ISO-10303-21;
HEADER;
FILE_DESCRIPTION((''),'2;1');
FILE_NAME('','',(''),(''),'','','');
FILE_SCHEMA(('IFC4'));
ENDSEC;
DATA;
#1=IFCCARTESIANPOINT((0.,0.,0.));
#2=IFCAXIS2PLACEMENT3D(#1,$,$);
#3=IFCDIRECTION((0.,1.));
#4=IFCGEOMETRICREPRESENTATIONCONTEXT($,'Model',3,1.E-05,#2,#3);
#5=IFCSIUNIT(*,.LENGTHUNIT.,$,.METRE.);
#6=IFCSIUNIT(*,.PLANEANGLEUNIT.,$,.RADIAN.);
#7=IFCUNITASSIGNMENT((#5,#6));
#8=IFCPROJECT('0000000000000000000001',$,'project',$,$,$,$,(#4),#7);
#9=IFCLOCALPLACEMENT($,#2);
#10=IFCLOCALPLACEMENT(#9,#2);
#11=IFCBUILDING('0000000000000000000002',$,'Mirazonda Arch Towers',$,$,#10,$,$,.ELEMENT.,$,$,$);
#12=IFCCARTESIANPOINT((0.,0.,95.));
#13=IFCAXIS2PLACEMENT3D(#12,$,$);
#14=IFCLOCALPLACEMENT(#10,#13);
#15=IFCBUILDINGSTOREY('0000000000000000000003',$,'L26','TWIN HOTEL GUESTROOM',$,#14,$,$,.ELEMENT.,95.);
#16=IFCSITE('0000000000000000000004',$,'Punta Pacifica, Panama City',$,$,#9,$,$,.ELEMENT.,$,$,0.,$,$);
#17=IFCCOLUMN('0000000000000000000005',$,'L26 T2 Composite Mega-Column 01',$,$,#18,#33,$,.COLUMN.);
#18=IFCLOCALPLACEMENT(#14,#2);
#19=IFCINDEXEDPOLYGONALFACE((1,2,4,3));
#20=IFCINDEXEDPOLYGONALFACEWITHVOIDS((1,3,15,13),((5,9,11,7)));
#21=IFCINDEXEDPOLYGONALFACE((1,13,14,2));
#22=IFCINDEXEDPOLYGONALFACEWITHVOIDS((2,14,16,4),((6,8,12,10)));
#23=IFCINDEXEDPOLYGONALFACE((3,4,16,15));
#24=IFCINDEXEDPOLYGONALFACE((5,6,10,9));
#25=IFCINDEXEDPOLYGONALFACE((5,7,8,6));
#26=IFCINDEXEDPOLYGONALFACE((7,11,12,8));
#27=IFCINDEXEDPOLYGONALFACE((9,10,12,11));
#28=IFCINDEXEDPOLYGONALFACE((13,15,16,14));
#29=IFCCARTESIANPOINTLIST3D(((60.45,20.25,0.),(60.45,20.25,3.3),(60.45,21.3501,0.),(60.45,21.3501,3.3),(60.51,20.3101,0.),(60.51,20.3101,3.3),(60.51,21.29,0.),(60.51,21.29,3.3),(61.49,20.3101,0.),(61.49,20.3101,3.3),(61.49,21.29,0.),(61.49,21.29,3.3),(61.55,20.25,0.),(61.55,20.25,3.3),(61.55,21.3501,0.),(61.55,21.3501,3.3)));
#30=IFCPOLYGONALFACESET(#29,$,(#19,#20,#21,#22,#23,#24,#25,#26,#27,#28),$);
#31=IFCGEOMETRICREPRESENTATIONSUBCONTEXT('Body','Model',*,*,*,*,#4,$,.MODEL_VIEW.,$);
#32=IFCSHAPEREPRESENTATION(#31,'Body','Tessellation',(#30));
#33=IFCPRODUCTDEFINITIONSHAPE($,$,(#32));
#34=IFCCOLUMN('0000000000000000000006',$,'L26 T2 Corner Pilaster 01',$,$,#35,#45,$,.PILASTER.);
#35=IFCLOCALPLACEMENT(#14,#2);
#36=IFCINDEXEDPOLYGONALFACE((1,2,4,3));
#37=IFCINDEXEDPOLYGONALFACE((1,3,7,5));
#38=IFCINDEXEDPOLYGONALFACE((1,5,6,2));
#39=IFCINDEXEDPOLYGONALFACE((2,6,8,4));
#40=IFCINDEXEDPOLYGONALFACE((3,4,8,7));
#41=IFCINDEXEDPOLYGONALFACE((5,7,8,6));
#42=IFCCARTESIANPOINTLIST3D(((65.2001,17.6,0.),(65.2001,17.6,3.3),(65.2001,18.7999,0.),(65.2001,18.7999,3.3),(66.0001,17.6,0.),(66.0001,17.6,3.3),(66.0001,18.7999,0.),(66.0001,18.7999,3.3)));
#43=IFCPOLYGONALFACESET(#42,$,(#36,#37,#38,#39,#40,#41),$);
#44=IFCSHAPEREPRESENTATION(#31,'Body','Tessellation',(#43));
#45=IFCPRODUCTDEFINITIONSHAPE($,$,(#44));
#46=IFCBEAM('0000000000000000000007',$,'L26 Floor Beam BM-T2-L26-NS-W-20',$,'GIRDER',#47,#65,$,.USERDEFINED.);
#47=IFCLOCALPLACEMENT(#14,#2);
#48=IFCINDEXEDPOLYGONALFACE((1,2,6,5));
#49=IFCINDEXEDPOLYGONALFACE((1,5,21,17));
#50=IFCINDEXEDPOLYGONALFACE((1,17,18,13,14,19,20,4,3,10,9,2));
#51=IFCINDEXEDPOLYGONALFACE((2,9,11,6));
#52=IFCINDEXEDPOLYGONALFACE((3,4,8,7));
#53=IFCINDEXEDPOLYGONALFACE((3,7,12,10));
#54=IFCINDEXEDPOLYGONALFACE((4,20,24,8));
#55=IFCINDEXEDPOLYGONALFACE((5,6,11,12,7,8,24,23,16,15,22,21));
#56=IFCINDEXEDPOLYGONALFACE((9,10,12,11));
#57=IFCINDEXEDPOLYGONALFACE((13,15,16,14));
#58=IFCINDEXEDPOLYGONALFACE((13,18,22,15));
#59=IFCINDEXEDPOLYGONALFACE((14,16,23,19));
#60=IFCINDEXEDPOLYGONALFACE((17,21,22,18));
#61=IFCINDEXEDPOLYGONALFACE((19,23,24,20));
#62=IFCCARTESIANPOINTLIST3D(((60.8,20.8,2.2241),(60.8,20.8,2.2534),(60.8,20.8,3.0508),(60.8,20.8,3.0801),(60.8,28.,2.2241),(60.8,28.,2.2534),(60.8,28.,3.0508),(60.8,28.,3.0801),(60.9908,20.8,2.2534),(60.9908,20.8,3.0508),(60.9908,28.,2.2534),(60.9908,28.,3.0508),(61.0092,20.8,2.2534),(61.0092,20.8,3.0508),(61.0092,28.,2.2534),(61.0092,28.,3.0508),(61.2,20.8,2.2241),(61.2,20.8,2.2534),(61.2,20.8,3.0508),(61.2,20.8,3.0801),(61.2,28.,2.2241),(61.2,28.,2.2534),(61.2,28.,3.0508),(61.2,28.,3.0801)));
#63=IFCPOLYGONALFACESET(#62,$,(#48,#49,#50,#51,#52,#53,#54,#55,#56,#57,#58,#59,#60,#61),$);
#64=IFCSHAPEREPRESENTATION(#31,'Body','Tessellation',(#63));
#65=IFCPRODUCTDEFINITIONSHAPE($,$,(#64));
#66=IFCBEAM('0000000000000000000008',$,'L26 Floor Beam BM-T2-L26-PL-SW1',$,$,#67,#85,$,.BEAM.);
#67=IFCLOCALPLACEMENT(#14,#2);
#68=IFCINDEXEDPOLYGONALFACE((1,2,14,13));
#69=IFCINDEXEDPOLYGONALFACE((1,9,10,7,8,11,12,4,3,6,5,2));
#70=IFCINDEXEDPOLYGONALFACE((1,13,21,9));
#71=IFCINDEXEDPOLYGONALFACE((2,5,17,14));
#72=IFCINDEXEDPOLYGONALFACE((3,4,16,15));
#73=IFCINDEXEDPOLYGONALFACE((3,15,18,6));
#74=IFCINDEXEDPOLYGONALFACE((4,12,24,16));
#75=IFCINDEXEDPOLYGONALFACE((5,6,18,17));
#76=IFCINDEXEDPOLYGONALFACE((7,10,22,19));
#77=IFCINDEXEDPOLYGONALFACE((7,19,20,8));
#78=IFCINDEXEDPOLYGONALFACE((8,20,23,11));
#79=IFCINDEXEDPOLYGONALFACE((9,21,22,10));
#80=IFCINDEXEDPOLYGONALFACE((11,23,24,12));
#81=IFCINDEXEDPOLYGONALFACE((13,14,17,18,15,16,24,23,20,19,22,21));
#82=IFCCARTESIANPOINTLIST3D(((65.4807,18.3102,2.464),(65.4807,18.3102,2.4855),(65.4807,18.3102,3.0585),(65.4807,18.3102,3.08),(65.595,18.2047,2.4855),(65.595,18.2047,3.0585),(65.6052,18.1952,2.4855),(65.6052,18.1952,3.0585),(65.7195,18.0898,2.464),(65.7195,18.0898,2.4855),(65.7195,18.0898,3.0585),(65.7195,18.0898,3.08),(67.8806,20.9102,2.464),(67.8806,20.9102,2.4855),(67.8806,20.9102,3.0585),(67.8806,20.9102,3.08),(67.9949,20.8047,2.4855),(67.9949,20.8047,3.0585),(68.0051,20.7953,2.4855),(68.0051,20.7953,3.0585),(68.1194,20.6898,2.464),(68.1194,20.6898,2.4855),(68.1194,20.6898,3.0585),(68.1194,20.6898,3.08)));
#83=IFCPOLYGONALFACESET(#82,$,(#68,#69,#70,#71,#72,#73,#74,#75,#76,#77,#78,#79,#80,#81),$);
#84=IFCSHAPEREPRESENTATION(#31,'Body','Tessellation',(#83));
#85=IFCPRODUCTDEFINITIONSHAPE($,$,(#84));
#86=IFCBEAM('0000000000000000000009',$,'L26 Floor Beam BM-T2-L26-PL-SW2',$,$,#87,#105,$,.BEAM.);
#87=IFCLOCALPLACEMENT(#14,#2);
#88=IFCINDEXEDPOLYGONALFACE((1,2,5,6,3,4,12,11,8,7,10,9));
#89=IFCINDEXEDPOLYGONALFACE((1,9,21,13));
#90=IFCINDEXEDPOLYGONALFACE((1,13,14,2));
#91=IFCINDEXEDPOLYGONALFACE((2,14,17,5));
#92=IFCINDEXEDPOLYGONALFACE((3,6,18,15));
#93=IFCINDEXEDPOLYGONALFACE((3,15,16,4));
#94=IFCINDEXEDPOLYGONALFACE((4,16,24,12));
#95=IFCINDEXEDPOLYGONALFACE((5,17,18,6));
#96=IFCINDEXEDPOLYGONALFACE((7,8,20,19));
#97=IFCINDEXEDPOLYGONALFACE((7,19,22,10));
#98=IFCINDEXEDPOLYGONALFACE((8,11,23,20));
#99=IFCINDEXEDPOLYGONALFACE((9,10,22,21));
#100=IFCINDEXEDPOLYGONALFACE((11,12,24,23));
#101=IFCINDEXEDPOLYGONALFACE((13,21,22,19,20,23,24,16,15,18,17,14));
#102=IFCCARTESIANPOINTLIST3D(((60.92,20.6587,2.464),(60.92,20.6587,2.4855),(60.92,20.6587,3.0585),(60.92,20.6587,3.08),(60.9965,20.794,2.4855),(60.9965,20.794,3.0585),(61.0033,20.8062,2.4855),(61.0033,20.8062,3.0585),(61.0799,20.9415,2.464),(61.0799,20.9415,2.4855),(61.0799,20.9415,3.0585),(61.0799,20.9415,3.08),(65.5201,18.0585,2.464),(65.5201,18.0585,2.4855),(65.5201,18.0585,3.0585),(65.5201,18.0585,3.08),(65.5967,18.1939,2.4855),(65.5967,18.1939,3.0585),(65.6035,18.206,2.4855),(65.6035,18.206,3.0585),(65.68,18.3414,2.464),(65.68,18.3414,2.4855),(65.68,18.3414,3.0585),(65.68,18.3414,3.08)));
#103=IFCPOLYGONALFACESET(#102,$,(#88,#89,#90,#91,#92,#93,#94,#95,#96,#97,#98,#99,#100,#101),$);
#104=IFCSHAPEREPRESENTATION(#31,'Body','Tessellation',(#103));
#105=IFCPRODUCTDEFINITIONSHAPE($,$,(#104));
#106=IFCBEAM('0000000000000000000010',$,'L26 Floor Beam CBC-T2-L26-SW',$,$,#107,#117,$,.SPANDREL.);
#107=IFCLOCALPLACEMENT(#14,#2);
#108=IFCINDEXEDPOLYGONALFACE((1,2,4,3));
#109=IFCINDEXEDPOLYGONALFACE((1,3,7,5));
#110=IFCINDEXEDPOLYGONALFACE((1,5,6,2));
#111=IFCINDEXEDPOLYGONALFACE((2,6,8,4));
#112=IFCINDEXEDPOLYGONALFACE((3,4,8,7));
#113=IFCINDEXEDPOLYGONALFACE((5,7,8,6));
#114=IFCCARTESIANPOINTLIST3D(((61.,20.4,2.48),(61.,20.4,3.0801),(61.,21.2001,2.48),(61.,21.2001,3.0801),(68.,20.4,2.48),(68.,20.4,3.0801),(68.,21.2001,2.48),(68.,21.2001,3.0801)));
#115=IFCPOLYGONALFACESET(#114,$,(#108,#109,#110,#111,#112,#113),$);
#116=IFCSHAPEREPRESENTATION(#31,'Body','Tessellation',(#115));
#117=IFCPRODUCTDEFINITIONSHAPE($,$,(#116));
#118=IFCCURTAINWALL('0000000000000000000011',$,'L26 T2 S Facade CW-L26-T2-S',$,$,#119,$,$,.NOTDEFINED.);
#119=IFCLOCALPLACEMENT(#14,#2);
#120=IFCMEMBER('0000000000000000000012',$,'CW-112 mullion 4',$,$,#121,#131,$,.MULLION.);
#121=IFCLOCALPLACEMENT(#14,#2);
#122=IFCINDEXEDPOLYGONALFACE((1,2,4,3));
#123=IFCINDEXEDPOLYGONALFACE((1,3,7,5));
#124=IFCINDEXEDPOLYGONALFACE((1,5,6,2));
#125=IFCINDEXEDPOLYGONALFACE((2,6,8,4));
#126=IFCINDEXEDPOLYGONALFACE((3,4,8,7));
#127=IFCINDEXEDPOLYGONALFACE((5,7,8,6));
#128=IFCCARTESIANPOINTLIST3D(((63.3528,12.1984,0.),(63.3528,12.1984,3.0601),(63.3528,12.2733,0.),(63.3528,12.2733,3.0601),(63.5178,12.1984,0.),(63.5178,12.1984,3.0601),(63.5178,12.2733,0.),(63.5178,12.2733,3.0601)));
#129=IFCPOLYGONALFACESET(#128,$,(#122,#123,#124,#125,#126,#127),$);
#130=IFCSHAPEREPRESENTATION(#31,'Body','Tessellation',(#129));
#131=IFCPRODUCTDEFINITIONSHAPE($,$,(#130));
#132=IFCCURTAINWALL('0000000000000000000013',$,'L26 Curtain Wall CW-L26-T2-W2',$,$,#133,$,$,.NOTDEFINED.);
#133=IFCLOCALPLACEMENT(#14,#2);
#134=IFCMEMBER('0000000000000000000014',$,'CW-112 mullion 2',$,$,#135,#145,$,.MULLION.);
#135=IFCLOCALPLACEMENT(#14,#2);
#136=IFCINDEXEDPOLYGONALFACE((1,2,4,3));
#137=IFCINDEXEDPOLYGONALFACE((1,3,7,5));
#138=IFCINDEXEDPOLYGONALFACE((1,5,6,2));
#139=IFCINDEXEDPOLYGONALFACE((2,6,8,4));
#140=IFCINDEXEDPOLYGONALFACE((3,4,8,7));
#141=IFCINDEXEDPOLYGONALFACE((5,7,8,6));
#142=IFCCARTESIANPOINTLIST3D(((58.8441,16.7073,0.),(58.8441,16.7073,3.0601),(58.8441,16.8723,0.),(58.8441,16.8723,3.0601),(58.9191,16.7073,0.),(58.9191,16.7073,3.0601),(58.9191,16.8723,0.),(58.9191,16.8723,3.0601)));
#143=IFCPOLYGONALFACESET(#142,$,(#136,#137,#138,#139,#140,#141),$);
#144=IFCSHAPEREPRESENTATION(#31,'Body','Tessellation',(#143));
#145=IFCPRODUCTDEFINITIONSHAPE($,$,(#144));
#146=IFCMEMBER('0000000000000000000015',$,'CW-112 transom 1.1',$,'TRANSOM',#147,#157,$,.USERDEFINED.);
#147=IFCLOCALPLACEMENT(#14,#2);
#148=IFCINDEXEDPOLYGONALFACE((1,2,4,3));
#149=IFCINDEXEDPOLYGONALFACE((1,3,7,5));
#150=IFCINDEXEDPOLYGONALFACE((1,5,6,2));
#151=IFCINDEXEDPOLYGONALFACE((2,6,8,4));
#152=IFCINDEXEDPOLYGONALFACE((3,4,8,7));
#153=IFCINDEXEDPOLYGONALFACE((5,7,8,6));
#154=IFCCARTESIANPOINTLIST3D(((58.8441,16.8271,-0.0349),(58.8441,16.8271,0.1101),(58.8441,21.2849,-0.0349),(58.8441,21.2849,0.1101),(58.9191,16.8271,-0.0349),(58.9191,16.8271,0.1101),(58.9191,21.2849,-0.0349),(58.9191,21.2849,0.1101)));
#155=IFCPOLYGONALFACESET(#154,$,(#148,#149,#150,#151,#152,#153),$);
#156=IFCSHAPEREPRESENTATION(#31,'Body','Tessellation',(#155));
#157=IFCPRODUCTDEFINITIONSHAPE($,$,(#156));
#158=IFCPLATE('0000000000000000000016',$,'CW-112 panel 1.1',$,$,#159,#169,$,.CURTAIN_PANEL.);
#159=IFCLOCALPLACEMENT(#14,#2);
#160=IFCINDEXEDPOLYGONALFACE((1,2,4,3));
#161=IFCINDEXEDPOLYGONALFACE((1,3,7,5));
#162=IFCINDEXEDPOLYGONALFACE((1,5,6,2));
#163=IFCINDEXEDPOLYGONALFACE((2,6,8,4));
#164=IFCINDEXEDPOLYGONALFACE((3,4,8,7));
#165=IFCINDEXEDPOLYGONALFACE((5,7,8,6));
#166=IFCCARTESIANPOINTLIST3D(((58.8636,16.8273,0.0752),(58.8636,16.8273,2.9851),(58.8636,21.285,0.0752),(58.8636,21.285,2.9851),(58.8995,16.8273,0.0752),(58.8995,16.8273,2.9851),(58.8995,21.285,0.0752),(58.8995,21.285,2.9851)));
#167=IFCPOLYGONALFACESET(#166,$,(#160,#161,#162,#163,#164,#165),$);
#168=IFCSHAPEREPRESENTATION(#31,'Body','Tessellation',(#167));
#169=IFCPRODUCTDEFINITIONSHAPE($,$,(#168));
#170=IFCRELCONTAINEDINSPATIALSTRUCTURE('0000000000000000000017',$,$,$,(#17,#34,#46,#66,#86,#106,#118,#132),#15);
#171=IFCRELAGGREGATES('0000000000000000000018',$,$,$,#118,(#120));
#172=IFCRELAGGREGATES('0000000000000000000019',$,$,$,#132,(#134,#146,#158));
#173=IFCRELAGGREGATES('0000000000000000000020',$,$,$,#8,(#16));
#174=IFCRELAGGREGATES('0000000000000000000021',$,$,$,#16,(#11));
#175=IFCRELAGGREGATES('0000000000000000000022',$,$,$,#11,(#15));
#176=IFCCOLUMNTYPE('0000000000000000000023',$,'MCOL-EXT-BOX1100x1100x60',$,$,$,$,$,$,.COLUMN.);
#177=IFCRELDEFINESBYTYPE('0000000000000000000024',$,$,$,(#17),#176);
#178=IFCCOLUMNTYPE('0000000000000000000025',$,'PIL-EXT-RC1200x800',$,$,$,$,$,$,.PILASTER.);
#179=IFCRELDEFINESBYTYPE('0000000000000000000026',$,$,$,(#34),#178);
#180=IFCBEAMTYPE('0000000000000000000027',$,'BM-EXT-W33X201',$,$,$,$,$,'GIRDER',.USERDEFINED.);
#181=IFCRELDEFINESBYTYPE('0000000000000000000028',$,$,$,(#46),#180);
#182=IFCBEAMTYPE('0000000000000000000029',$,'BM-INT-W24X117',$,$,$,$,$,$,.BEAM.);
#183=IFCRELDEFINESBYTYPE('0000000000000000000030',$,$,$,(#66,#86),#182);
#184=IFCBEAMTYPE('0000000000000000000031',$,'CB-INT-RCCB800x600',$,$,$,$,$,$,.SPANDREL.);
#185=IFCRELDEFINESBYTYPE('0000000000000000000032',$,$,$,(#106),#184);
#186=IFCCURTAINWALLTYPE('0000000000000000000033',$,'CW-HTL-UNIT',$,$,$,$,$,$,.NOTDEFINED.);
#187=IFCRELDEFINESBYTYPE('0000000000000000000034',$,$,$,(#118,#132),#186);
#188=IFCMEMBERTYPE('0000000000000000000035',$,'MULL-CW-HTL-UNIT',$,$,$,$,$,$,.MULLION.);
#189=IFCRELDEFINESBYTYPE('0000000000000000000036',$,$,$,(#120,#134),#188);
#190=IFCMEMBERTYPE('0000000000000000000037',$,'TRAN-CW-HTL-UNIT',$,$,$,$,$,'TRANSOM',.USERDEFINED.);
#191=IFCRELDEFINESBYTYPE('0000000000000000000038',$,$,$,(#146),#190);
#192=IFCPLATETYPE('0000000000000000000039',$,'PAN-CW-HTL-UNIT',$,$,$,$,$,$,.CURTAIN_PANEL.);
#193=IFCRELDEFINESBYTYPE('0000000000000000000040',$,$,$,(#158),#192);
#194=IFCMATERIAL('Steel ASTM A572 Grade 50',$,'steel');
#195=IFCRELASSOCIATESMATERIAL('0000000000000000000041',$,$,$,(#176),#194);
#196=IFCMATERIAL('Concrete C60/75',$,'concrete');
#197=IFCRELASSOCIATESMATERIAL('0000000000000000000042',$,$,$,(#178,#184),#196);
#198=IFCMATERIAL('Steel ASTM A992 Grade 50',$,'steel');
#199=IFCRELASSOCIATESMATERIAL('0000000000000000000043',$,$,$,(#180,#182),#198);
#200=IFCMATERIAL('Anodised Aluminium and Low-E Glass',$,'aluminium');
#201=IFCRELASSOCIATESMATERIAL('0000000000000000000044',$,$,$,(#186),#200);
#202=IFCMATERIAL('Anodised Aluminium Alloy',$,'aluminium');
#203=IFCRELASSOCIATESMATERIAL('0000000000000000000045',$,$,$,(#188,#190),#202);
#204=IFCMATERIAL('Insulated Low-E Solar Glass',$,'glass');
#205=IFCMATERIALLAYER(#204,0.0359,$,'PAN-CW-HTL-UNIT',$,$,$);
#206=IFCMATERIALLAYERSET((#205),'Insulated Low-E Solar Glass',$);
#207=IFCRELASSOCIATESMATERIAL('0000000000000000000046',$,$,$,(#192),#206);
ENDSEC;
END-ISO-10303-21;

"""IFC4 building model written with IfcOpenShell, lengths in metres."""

from ifc_helpers import new_model, si_unit, direction, frame, origin, origin_2d, place, context, subcontext, project, spatial, rectangle, hollow_rectangle, i_section, extrude, material, layer, layer_set, material_profile, profile_set, type_object, element, aggregate, save


model = new_model("IFC4")

# Units and contexts
model_context = context("Model", 3, precision=1e-05, world=origin(), true_north=direction((0.0, 1.0)))
body_context = subcontext(model_context, "Body", "Model", "MODEL_VIEW")
ifc_project = project(units=[si_unit("LENGTHUNIT", "METRE"), si_unit("PLANEANGLEUNIT", "RADIAN")], contexts=[model_context])

# Site, building, storey
site_placement = place(None, origin())
site = spatial("IfcSite", under=ifc_project, at=site_placement, Name="Punta Pacifica, Panama City", CompositionType="ELEMENT", RefElevation=0.0)
building_placement = place(site_placement, origin())
building = spatial("IfcBuilding", under=site, at=building_placement, Name="Mirazonda Arch Towers", CompositionType="ELEMENT")
storey_placement = place(building_placement, frame((0.0, 0.0, 95.0)))
storey = spatial("IfcBuildingStorey", under=building, at=storey_placement, Name="L26", Description="TWIN HOTEL GUESTROOM", CompositionType="ELEMENT", Elevation=95.0)

# Columns
ifc_material_1 = material(Name="Steel ASTM A572 Grade 50", Category="steel")
ifc_material_profile_1 = material_profile(ifc_material_1, hollow_rectangle(XDim=1.1001, YDim=1.1001, WallThickness=0.0601, at=origin_2d()), Name="BOX1100x1100x60")
ifc_profile_set_1 = profile_set([ifc_material_profile_1], Name="Steel ASTM A572 Grade 50")
column_type_1 = type_object("IfcColumnType", Name="MCOL-EXT-BOX1100x1100x60", PredefinedType="COLUMN", material=ifc_profile_set_1)
column_1_placement = place(storey_placement, frame((61.0, 20.8, 0.0), z_axis=(0.0, 0.0, 1.0), x_axis=(1.0, 0.0, 0.0)))
element("IfcColumn", 1, at=column_1_placement, inside=storey, type_object=column_type_1, Name="L26 T2 Composite Mega-Column 01", PredefinedType="COLUMN", context=body_context, shape_type="SweptSolid", body=[
    extrude(hollow_rectangle(XDim=1.1001, YDim=1.1001, WallThickness=0.0601, at=origin_2d()), origin(), (0.0, 0.0, 1.0), 3.3),
])
ifc_material_2 = material(Name="Concrete C60/75", Category="concrete")
ifc_material_profile_2 = material_profile(ifc_material_2, rectangle(XDim=0.8, YDim=1.2, at=origin_2d()), Name="RC1200x800")
ifc_profile_set_2 = profile_set([ifc_material_profile_2], Name="Concrete C60/75")
column_type_2 = type_object("IfcColumnType", Name="PIL-EXT-RC1200x800", PredefinedType="PILASTER", material=ifc_profile_set_2)
column_2_placement = place(storey_placement, frame((65.6001, 18.2, 0.0), z_axis=(0.0, 0.0, 1.0), x_axis=(1.0, 0.0, 0.0)))
element("IfcColumn", 2, at=column_2_placement, inside=storey, type_object=column_type_2, Name="L26 T2 Corner Pilaster 01", PredefinedType="PILASTER", context=body_context, shape_type="SweptSolid", body=[
    extrude(rectangle(XDim=0.8, YDim=1.2, at=origin_2d()), origin(), (0.0, 0.0, 1.0), 3.3),
])

# Beams
ifc_material_3 = material(Name="Steel ASTM A992 Grade 50", Category="steel")
ifc_material_profile_3 = material_profile(ifc_material_3, i_section(OverallWidth=0.3999, OverallDepth=0.856, WebThickness=0.0183, FlangeThickness=0.0293, at=origin_2d()), Name="W33X201")
ifc_profile_set_3 = profile_set([ifc_material_profile_3], Name="Steel ASTM A992 Grade 50")
beam_type_1 = type_object("IfcBeamType", Name="BM-EXT-W33X201", ElementType="GIRDER", PredefinedType="USERDEFINED", material=ifc_profile_set_3)
beam_1_placement = place(storey_placement, frame((61.0, 20.8, 2.6521), z_axis=(0.0, 1.0, 0.0), x_axis=(-1.0, 0.0, 0.0)))
element("IfcBeam", 3, at=beam_1_placement, inside=storey, type_object=beam_type_1, Name="L26 Floor Beam BM-T2-L26-NS-W-20", ObjectType="GIRDER", PredefinedType="USERDEFINED", context=body_context, shape_type="SweptSolid", body=[
    extrude(i_section(OverallWidth=0.3999, OverallDepth=0.856, WebThickness=0.0183, FlangeThickness=0.0293, at=origin_2d()), origin(), (0.0, 0.0, 1.0), 7.2),
])
ifc_material_profile_4 = material_profile(ifc_material_3, i_section(OverallWidth=0.325, OverallDepth=0.616, WebThickness=0.0139, FlangeThickness=0.0215, at=origin_2d()), Name="W24X117")
ifc_profile_set_4 = profile_set([ifc_material_profile_4], Name="Steel ASTM A992 Grade 50")
beam_type_2 = type_object("IfcBeamType", Name="BM-INT-W24X117", PredefinedType="BEAM", material=ifc_profile_set_4)
beam_2_placement = place(storey_placement, frame((65.6001, 18.2, 2.772), z_axis=(0.678251, 0.73483, 0.0), x_axis=(-0.73483, 0.678251, 0.0)))
element("IfcBeam", 4, at=beam_2_placement, inside=storey, type_object=beam_type_2, Name="L26 Floor Beam BM-T2-L26-PL-SW1", PredefinedType="BEAM", context=body_context, shape_type="SweptSolid", body=[
    extrude(i_section(OverallWidth=0.325, OverallDepth=0.616, WebThickness=0.0139, FlangeThickness=0.0215, at=origin_2d()), origin(), (0.0, 0.0, 1.0), 3.5383),
])
beam_3_placement = place(storey_placement, frame((65.6001, 18.2, 2.772), z_axis=(-0.870559, 0.492063, 0.0), x_axis=(-0.492063, -0.870559, 0.0)))
element("IfcBeam", 5, at=beam_3_placement, inside=storey, type_object=beam_type_2, Name="L26 Floor Beam BM-T2-L26-PL-SW2", PredefinedType="BEAM", context=body_context, shape_type="SweptSolid", body=[
    extrude(i_section(OverallWidth=0.325, OverallDepth=0.616, WebThickness=0.0139, FlangeThickness=0.0215, at=origin_2d()), origin(), (0.0, 0.0, 1.0), 5.2842),
])
ifc_material_profile_5 = material_profile(ifc_material_2, rectangle(XDim=0.8, YDim=0.6001, at=origin_2d()), Name="RCCB800x600")
ifc_profile_set_5 = profile_set([ifc_material_profile_5], Name="Concrete C60/75")
beam_type_3 = type_object("IfcBeamType", Name="CB-INT-RCCB800x600", PredefinedType="SPANDREL", material=ifc_profile_set_5)
beam_4_placement = place(storey_placement, frame((61.0, 20.8, 2.78), z_axis=(1.0, 0.0, 0.0), x_axis=(0.0, 1.0, 0.0)))
element("IfcBeam", 6, at=beam_4_placement, inside=storey, type_object=beam_type_3, Name="L26 Floor Beam CBC-T2-L26-SW", PredefinedType="SPANDREL", context=body_context, shape_type="SweptSolid", body=[
    extrude(rectangle(XDim=0.8, YDim=0.6001, at=origin_2d()), origin(), (0.0, 0.0, 1.0), 7.0),
])

# Curtain wall, member
ifc_material_4 = material(Name="Anodised Aluminium and Low-E Glass", Category="aluminium")
curtain_wall_type = type_object("IfcCurtainWallType", Name="CW-HTL-UNIT", PredefinedType="NOTDEFINED", material=ifc_material_4)
curtain_wall_1_placement = place(storey_placement, origin())
curtain_wall_1 = element("IfcCurtainWall", 7, at=curtain_wall_1_placement, inside=storey, type_object=curtain_wall_type, Name="L26 T2 S Facade CW-L26-T2-S", PredefinedType="NOTDEFINED")
ifc_material_5 = material(Name="Anodised Aluminium Alloy", Category="aluminium")
ifc_material_profile_6 = material_profile(ifc_material_5, rectangle(XDim=0.075, YDim=0.165, at=origin_2d()), Name="ALU-MULL-75x165")
ifc_profile_set_6 = profile_set([ifc_material_profile_6], Name="Anodised Aluminium Alloy")
member_type_1 = type_object("IfcMemberType", Name="MULL-CW-HTL-UNIT", PredefinedType="MULLION", material=ifc_profile_set_6)
member_1_placement = place(storey_placement, frame((63.4353, 12.2358, 0.0), z_axis=(0.0, 0.0, 1.0), x_axis=(0.0, -1.0, 0.0)))
member_1 = element("IfcMember", 8, at=member_1_placement, type_object=member_type_1, Name="CW-112 mullion 4", PredefinedType="MULLION", context=body_context, shape_type="SweptSolid", body=[
    extrude(rectangle(XDim=0.075, YDim=0.165, at=origin_2d()), origin(), (0.0, 0.0, 1.0), 3.0601),
])
aggregate(curtain_wall_1, [member_1])

# Curtain wall, members, plate
curtain_wall_2_placement = place(storey_placement, origin())
curtain_wall_2 = element("IfcCurtainWall", 9, at=curtain_wall_2_placement, inside=storey, type_object=curtain_wall_type, Name="L26 Curtain Wall CW-L26-T2-W2", PredefinedType="NOTDEFINED")
member_2_placement = place(storey_placement, frame((58.8816, 16.7898, 0.0), z_axis=(0.0, 0.0, 1.0), x_axis=(1.0, 0.0, 0.0)))
member_2 = element("IfcMember", 10, at=member_2_placement, type_object=member_type_1, Name="CW-112 mullion 2", PredefinedType="MULLION", context=body_context, shape_type="SweptSolid", body=[
    extrude(rectangle(XDim=0.075, YDim=0.165, at=origin_2d()), origin(), (0.0, 0.0, 1.0), 3.0601),
])
ifc_material_profile_7 = material_profile(ifc_material_5, rectangle(XDim=0.075, YDim=0.145, at=origin_2d()), Name="ALU-TRAN-75x145")
ifc_profile_set_7 = profile_set([ifc_material_profile_7], Name="Anodised Aluminium Alloy")
member_type_2 = type_object("IfcMemberType", Name="TRAN-CW-HTL-UNIT", ElementType="TRANSOM", PredefinedType="USERDEFINED", material=ifc_profile_set_7)
member_3_placement = place(storey_placement, frame((58.8816, 21.2849, 0.0376), z_axis=(0.0, -1.0, 0.0), x_axis=(1.0, 0.0, 0.0)))
member_3 = element("IfcMember", 11, at=member_3_placement, type_object=member_type_2, Name="CW-112 transom 1.1", ObjectType="TRANSOM", PredefinedType="USERDEFINED", context=body_context, shape_type="SweptSolid", body=[
    extrude(rectangle(XDim=0.075, YDim=0.145, at=origin_2d()), origin(), (0.0, 0.0, 1.0), 4.4578),
])
ifc_material_6 = material(Name="Insulated Low-E Solar Glass", Category="glass")
ifc_layer_1 = layer(ifc_material_6, 0.0359, Name="PAN-CW-HTL-UNIT")
ifc_layer_set_1 = layer_set([ifc_layer_1], Name="Insulated Low-E Solar Glass")
plate_type = type_object("IfcPlateType", Name="PAN-CW-HTL-UNIT", PredefinedType="CURTAIN_PANEL", material=ifc_layer_set_1)
plate_placement = place(storey_placement, frame((58.8816, 19.0562, 0.0752), z_axis=(0.0, 0.0, 1.0), x_axis=(0.0, -1.0, 0.0)))
plate = element("IfcPlate", 12, at=plate_placement, type_object=plate_type, Name="CW-112 panel 1.1", PredefinedType="CURTAIN_PANEL", context=body_context, shape_type="SweptSolid", body=[
    extrude(rectangle(XDim=4.4578, YDim=0.0359, at=origin_2d()), origin(), (0.0, 0.0, 1.0), 2.9099),
])
aggregate(curtain_wall_2, [member_2, member_3, plate])

save(model, "model.ifc")
